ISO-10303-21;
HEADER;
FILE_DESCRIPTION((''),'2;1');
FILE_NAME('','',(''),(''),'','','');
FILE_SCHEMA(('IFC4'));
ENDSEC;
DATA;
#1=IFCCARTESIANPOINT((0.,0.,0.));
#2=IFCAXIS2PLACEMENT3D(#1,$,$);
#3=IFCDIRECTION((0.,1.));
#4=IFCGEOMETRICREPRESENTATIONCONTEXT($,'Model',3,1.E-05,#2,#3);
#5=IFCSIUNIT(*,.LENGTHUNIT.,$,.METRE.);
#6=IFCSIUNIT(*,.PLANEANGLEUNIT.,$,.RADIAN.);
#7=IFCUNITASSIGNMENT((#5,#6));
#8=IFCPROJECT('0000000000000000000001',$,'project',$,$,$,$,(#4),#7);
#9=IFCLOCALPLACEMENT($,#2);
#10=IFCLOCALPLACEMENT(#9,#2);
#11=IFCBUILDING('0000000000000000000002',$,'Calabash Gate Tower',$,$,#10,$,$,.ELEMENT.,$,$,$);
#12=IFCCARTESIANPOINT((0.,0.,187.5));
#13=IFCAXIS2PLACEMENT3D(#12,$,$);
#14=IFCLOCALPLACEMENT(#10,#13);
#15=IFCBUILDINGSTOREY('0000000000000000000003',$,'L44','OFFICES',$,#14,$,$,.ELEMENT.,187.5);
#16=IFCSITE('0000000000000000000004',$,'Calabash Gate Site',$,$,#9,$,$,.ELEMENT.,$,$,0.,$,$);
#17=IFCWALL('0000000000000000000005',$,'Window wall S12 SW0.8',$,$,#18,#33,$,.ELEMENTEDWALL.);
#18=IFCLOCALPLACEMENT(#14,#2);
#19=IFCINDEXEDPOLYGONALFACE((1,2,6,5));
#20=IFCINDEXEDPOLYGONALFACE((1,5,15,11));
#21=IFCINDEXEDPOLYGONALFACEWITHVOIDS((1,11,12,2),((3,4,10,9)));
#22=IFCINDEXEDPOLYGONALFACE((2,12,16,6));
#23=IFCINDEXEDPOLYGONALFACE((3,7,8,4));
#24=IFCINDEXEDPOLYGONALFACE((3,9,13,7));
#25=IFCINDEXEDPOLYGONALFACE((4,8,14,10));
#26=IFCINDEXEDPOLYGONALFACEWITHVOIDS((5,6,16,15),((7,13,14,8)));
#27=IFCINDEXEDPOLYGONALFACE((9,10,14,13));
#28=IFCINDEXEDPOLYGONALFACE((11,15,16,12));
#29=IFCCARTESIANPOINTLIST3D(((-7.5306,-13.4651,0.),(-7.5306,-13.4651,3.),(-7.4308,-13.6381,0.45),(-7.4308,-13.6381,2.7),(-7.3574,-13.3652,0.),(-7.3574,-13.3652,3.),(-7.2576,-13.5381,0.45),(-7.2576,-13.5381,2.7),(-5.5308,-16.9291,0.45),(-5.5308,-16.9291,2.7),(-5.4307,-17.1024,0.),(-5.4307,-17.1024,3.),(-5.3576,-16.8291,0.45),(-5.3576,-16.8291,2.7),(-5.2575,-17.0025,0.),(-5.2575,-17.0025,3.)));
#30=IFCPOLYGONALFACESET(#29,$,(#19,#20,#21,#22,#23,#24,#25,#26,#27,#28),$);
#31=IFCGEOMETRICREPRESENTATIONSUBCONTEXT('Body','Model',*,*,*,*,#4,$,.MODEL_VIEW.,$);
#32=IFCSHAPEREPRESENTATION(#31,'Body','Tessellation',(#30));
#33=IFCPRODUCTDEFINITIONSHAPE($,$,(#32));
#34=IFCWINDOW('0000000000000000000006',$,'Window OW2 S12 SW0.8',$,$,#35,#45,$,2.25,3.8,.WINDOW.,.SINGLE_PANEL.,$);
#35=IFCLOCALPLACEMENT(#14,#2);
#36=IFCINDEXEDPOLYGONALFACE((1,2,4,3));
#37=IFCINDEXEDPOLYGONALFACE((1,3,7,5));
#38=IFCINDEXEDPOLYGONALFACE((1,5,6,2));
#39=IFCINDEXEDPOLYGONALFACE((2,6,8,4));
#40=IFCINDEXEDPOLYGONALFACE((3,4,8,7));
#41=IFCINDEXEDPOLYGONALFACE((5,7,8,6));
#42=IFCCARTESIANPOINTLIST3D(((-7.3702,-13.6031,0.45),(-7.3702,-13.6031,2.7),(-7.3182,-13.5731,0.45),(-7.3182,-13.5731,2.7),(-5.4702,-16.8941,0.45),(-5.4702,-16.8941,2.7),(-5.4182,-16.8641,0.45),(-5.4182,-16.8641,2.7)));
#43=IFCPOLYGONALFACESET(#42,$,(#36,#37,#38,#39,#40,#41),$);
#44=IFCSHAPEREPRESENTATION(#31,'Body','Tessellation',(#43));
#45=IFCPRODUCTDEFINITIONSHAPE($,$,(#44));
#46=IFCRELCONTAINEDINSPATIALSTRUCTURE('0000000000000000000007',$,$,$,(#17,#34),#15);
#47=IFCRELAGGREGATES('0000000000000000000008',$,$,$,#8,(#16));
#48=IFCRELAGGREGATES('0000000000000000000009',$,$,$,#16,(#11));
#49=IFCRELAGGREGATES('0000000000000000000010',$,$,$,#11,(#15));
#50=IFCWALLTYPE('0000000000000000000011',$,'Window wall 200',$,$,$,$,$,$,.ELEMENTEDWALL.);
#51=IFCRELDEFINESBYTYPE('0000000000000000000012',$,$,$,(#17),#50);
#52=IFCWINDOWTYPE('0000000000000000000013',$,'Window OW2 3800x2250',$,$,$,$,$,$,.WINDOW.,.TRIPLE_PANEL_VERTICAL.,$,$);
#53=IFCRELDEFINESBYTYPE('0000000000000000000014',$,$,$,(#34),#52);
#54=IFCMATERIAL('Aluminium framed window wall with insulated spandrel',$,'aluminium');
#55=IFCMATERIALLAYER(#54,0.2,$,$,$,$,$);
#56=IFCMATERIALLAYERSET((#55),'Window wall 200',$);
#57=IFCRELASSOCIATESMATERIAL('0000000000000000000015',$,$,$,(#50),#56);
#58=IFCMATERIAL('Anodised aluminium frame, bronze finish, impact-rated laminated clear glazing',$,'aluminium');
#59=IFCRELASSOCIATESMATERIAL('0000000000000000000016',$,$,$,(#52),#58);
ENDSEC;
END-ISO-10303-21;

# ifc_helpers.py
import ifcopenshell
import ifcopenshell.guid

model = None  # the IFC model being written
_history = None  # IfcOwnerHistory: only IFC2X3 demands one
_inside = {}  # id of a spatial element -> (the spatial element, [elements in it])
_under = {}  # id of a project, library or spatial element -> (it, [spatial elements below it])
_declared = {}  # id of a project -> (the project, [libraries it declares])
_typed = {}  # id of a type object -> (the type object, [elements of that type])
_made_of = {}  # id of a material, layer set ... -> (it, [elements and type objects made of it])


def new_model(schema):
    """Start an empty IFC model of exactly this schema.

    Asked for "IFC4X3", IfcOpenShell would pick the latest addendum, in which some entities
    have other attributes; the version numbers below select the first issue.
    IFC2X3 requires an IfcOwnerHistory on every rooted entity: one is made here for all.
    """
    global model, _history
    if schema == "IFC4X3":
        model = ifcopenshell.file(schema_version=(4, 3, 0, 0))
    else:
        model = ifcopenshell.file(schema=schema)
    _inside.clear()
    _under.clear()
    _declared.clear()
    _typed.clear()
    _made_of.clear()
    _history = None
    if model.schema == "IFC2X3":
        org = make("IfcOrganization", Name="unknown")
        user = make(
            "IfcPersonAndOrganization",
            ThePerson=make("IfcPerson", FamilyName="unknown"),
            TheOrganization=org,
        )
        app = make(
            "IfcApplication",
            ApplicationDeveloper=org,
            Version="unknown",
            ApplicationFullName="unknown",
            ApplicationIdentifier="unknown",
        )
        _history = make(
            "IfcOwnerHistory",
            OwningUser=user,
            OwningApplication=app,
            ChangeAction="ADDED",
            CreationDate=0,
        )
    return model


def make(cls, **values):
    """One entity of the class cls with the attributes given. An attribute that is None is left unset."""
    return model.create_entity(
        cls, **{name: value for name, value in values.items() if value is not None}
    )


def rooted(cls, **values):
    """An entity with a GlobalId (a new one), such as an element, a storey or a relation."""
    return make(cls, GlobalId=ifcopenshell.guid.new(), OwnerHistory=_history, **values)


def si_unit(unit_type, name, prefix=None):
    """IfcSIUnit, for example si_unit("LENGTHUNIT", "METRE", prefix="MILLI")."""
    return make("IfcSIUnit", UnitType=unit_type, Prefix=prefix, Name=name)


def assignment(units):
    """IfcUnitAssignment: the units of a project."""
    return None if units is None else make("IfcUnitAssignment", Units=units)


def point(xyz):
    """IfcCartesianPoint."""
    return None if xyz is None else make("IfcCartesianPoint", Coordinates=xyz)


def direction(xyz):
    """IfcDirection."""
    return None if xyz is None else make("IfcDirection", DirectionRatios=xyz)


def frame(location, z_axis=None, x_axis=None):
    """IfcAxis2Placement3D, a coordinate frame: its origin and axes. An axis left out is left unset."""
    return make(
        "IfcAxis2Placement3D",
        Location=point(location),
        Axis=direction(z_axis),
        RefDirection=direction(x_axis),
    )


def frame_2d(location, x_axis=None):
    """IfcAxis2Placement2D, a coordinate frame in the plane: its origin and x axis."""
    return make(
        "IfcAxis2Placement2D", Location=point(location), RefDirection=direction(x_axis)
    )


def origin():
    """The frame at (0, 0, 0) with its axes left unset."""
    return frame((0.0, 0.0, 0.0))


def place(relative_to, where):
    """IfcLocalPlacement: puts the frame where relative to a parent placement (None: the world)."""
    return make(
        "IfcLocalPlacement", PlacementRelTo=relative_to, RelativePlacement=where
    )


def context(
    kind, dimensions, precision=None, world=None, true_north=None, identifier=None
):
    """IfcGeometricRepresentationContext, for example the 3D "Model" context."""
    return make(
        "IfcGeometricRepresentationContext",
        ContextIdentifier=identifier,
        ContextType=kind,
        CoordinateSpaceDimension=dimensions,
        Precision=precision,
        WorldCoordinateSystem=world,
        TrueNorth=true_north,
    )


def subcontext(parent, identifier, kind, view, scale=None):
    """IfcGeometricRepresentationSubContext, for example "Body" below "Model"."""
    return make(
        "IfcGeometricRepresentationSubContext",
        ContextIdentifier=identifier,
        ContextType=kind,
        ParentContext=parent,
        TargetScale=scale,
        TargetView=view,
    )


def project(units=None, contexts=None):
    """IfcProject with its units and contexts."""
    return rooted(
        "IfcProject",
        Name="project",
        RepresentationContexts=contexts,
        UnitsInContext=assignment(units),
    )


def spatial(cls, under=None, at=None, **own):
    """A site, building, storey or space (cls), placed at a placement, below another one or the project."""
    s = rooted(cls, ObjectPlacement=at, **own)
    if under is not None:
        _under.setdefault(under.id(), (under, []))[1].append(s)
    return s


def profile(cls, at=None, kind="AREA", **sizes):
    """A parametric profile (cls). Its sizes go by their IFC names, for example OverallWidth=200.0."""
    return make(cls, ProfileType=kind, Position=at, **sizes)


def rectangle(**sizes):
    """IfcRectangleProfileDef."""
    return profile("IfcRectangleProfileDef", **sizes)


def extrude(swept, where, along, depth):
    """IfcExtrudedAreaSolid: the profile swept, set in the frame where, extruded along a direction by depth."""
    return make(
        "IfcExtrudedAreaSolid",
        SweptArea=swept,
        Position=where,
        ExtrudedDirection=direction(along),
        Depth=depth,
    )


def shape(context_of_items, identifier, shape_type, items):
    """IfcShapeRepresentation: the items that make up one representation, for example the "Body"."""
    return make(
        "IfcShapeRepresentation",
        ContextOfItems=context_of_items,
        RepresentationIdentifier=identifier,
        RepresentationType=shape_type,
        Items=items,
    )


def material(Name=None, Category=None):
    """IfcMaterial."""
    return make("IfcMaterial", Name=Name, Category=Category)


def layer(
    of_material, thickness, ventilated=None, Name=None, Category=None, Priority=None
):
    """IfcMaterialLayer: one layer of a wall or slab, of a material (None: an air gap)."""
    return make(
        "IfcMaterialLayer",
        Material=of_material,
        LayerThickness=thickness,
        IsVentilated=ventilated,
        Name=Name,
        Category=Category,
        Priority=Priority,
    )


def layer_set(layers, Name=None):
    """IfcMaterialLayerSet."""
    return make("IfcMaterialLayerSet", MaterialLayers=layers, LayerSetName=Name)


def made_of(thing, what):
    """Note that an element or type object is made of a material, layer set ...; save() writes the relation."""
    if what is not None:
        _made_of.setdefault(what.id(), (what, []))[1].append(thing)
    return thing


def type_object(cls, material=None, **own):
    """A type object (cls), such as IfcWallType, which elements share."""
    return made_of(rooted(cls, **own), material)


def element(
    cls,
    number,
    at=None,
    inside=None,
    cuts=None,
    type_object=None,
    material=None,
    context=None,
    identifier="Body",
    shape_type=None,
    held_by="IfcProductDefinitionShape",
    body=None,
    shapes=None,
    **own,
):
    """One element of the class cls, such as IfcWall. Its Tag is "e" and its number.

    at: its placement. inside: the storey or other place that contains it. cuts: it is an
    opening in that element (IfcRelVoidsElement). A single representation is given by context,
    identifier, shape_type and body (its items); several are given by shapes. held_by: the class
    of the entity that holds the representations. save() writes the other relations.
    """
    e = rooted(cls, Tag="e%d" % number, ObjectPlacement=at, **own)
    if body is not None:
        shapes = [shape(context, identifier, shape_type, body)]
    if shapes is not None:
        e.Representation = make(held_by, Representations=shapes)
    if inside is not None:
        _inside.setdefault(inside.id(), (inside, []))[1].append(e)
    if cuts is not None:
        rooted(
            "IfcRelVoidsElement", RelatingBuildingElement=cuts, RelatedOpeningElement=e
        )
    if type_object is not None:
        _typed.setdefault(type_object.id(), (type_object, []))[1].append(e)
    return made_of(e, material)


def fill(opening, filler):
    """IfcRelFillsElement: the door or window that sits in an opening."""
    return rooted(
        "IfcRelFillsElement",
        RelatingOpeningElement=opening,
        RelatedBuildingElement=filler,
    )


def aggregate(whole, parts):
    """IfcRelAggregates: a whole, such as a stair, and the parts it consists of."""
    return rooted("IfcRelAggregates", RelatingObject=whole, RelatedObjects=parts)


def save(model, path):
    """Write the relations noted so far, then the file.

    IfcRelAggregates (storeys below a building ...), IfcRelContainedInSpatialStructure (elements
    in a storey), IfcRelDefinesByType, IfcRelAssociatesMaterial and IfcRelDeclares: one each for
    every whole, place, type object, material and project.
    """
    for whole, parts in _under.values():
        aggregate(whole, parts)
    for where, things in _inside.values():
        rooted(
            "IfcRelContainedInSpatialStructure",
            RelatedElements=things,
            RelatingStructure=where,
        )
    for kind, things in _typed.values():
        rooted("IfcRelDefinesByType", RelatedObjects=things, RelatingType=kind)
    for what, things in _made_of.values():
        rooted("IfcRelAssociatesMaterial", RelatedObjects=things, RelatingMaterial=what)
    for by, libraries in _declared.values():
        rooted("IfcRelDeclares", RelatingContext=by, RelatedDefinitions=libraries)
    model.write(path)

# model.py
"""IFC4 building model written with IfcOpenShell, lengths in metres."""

from ifc_helpers import new_model, si_unit, direction, frame, frame_2d, origin, place, context, subcontext, project, spatial, rectangle, extrude, material, layer, layer_set, type_object, element, fill, save


model = new_model("IFC4")

# Units and contexts
model_context = context("Model", 3, precision=1e-05, world=origin(), true_north=direction((0.0, 1.0)))
body_context = subcontext(model_context, "Body", "Model", "MODEL_VIEW")
ifc_project = project(units=[si_unit("LENGTHUNIT", "METRE"), si_unit("PLANEANGLEUNIT", "RADIAN")], contexts=[model_context])

# Site, building, storey
site_placement = place(None, origin())
site = spatial("IfcSite", under=ifc_project, at=site_placement, Name="Calabash Gate Site", CompositionType="ELEMENT", RefElevation=0.0)
building_placement = place(site_placement, origin())
building = spatial("IfcBuilding", under=site, at=building_placement, Name="Calabash Gate Tower", CompositionType="ELEMENT")
storey_placement = place(building_placement, frame((0.0, 0.0, 187.5)))
storey = spatial("IfcBuildingStorey", under=building, at=storey_placement, Name="L44", Description="OFFICES", CompositionType="ELEMENT", Elevation=187.5)

# Shared definitions
ifc_material_1 = material(Name="Aluminium framed window wall with insulated spandrel", Category="aluminium")
ifc_layer_1 = layer(ifc_material_1, 0.2)
ifc_layer_set_1 = layer_set([ifc_layer_1], Name="Window wall 200")
wall_type_1 = type_object("IfcWallType", Name="Window wall 200", PredefinedType="ELEMENTEDWALL", material=ifc_layer_set_1)

# Wall, opening, window
wall_1_placement = place(storey_placement, frame((-7.4441, -13.415, 0.0), z_axis=(0.0, 0.0, 1.0), x_axis=(0.499984, -0.866035, 0.0)))
wall_1 = element("IfcWall", 1, at=wall_1_placement, inside=storey, type_object=wall_type_1, Name="Window wall S12 SW0.8", PredefinedType="ELEMENTEDWALL", context=body_context, shape_type="SweptSolid", body=[
    extrude(rectangle(XDim=4.2, YDim=0.2, at=frame_2d((2.1001, 0.0))), origin(), (0.0, 0.0, 1.0), 3.0),
])
opening_1_placement = place(wall_1_placement, frame((0.2, 0.0, 0.45)))
opening_1 = element("IfcOpeningElement", 2, at=opening_1_placement, cuts=wall_1, PredefinedType="OPENING", context=body_context, shape_type="SweptSolid", body=[
    extrude(rectangle(XDim=3.8, YDim=2.25, at=frame_2d((1.8999, 1.125))), frame((0.0, 0.1099, 0.0), z_axis=(0.0, -1.0, 0.0), x_axis=(1.0, 0.0, 0.0)), (0.0, 0.0, 1.0), 0.22),
])
ifc_material_2 = material(Name="Anodised aluminium frame, bronze finish, impact-rated laminated clear glazing", Category="aluminium")
window_type_1 = type_object("IfcWindowType", Name="Window OW2 3800x2250", PartitioningType="TRIPLE_PANEL_VERTICAL", PredefinedType="WINDOW", material=ifc_material_2)
window_1_placement = place(opening_1_placement, origin())
window_1 = element("IfcWindow", 3, at=window_1_placement, inside=storey, type_object=window_type_1, Name="Window OW2 S12 SW0.8", OverallHeight=2.25, OverallWidth=3.8, PartitioningType="SINGLE_PANEL", PredefinedType="WINDOW", context=body_context, shape_type="SweptSolid", body=[
    extrude(rectangle(XDim=3.8, YDim=2.25, at=frame_2d((1.8999, 1.125))), frame((0.0, 0.03, 0.0), z_axis=(0.0, -1.0, 0.0), x_axis=(1.0, 0.0, 0.0)), (0.0, 0.0, 1.0), 0.0601),
])
fill(opening_1, window_1)

save(model, "model.ifc")
